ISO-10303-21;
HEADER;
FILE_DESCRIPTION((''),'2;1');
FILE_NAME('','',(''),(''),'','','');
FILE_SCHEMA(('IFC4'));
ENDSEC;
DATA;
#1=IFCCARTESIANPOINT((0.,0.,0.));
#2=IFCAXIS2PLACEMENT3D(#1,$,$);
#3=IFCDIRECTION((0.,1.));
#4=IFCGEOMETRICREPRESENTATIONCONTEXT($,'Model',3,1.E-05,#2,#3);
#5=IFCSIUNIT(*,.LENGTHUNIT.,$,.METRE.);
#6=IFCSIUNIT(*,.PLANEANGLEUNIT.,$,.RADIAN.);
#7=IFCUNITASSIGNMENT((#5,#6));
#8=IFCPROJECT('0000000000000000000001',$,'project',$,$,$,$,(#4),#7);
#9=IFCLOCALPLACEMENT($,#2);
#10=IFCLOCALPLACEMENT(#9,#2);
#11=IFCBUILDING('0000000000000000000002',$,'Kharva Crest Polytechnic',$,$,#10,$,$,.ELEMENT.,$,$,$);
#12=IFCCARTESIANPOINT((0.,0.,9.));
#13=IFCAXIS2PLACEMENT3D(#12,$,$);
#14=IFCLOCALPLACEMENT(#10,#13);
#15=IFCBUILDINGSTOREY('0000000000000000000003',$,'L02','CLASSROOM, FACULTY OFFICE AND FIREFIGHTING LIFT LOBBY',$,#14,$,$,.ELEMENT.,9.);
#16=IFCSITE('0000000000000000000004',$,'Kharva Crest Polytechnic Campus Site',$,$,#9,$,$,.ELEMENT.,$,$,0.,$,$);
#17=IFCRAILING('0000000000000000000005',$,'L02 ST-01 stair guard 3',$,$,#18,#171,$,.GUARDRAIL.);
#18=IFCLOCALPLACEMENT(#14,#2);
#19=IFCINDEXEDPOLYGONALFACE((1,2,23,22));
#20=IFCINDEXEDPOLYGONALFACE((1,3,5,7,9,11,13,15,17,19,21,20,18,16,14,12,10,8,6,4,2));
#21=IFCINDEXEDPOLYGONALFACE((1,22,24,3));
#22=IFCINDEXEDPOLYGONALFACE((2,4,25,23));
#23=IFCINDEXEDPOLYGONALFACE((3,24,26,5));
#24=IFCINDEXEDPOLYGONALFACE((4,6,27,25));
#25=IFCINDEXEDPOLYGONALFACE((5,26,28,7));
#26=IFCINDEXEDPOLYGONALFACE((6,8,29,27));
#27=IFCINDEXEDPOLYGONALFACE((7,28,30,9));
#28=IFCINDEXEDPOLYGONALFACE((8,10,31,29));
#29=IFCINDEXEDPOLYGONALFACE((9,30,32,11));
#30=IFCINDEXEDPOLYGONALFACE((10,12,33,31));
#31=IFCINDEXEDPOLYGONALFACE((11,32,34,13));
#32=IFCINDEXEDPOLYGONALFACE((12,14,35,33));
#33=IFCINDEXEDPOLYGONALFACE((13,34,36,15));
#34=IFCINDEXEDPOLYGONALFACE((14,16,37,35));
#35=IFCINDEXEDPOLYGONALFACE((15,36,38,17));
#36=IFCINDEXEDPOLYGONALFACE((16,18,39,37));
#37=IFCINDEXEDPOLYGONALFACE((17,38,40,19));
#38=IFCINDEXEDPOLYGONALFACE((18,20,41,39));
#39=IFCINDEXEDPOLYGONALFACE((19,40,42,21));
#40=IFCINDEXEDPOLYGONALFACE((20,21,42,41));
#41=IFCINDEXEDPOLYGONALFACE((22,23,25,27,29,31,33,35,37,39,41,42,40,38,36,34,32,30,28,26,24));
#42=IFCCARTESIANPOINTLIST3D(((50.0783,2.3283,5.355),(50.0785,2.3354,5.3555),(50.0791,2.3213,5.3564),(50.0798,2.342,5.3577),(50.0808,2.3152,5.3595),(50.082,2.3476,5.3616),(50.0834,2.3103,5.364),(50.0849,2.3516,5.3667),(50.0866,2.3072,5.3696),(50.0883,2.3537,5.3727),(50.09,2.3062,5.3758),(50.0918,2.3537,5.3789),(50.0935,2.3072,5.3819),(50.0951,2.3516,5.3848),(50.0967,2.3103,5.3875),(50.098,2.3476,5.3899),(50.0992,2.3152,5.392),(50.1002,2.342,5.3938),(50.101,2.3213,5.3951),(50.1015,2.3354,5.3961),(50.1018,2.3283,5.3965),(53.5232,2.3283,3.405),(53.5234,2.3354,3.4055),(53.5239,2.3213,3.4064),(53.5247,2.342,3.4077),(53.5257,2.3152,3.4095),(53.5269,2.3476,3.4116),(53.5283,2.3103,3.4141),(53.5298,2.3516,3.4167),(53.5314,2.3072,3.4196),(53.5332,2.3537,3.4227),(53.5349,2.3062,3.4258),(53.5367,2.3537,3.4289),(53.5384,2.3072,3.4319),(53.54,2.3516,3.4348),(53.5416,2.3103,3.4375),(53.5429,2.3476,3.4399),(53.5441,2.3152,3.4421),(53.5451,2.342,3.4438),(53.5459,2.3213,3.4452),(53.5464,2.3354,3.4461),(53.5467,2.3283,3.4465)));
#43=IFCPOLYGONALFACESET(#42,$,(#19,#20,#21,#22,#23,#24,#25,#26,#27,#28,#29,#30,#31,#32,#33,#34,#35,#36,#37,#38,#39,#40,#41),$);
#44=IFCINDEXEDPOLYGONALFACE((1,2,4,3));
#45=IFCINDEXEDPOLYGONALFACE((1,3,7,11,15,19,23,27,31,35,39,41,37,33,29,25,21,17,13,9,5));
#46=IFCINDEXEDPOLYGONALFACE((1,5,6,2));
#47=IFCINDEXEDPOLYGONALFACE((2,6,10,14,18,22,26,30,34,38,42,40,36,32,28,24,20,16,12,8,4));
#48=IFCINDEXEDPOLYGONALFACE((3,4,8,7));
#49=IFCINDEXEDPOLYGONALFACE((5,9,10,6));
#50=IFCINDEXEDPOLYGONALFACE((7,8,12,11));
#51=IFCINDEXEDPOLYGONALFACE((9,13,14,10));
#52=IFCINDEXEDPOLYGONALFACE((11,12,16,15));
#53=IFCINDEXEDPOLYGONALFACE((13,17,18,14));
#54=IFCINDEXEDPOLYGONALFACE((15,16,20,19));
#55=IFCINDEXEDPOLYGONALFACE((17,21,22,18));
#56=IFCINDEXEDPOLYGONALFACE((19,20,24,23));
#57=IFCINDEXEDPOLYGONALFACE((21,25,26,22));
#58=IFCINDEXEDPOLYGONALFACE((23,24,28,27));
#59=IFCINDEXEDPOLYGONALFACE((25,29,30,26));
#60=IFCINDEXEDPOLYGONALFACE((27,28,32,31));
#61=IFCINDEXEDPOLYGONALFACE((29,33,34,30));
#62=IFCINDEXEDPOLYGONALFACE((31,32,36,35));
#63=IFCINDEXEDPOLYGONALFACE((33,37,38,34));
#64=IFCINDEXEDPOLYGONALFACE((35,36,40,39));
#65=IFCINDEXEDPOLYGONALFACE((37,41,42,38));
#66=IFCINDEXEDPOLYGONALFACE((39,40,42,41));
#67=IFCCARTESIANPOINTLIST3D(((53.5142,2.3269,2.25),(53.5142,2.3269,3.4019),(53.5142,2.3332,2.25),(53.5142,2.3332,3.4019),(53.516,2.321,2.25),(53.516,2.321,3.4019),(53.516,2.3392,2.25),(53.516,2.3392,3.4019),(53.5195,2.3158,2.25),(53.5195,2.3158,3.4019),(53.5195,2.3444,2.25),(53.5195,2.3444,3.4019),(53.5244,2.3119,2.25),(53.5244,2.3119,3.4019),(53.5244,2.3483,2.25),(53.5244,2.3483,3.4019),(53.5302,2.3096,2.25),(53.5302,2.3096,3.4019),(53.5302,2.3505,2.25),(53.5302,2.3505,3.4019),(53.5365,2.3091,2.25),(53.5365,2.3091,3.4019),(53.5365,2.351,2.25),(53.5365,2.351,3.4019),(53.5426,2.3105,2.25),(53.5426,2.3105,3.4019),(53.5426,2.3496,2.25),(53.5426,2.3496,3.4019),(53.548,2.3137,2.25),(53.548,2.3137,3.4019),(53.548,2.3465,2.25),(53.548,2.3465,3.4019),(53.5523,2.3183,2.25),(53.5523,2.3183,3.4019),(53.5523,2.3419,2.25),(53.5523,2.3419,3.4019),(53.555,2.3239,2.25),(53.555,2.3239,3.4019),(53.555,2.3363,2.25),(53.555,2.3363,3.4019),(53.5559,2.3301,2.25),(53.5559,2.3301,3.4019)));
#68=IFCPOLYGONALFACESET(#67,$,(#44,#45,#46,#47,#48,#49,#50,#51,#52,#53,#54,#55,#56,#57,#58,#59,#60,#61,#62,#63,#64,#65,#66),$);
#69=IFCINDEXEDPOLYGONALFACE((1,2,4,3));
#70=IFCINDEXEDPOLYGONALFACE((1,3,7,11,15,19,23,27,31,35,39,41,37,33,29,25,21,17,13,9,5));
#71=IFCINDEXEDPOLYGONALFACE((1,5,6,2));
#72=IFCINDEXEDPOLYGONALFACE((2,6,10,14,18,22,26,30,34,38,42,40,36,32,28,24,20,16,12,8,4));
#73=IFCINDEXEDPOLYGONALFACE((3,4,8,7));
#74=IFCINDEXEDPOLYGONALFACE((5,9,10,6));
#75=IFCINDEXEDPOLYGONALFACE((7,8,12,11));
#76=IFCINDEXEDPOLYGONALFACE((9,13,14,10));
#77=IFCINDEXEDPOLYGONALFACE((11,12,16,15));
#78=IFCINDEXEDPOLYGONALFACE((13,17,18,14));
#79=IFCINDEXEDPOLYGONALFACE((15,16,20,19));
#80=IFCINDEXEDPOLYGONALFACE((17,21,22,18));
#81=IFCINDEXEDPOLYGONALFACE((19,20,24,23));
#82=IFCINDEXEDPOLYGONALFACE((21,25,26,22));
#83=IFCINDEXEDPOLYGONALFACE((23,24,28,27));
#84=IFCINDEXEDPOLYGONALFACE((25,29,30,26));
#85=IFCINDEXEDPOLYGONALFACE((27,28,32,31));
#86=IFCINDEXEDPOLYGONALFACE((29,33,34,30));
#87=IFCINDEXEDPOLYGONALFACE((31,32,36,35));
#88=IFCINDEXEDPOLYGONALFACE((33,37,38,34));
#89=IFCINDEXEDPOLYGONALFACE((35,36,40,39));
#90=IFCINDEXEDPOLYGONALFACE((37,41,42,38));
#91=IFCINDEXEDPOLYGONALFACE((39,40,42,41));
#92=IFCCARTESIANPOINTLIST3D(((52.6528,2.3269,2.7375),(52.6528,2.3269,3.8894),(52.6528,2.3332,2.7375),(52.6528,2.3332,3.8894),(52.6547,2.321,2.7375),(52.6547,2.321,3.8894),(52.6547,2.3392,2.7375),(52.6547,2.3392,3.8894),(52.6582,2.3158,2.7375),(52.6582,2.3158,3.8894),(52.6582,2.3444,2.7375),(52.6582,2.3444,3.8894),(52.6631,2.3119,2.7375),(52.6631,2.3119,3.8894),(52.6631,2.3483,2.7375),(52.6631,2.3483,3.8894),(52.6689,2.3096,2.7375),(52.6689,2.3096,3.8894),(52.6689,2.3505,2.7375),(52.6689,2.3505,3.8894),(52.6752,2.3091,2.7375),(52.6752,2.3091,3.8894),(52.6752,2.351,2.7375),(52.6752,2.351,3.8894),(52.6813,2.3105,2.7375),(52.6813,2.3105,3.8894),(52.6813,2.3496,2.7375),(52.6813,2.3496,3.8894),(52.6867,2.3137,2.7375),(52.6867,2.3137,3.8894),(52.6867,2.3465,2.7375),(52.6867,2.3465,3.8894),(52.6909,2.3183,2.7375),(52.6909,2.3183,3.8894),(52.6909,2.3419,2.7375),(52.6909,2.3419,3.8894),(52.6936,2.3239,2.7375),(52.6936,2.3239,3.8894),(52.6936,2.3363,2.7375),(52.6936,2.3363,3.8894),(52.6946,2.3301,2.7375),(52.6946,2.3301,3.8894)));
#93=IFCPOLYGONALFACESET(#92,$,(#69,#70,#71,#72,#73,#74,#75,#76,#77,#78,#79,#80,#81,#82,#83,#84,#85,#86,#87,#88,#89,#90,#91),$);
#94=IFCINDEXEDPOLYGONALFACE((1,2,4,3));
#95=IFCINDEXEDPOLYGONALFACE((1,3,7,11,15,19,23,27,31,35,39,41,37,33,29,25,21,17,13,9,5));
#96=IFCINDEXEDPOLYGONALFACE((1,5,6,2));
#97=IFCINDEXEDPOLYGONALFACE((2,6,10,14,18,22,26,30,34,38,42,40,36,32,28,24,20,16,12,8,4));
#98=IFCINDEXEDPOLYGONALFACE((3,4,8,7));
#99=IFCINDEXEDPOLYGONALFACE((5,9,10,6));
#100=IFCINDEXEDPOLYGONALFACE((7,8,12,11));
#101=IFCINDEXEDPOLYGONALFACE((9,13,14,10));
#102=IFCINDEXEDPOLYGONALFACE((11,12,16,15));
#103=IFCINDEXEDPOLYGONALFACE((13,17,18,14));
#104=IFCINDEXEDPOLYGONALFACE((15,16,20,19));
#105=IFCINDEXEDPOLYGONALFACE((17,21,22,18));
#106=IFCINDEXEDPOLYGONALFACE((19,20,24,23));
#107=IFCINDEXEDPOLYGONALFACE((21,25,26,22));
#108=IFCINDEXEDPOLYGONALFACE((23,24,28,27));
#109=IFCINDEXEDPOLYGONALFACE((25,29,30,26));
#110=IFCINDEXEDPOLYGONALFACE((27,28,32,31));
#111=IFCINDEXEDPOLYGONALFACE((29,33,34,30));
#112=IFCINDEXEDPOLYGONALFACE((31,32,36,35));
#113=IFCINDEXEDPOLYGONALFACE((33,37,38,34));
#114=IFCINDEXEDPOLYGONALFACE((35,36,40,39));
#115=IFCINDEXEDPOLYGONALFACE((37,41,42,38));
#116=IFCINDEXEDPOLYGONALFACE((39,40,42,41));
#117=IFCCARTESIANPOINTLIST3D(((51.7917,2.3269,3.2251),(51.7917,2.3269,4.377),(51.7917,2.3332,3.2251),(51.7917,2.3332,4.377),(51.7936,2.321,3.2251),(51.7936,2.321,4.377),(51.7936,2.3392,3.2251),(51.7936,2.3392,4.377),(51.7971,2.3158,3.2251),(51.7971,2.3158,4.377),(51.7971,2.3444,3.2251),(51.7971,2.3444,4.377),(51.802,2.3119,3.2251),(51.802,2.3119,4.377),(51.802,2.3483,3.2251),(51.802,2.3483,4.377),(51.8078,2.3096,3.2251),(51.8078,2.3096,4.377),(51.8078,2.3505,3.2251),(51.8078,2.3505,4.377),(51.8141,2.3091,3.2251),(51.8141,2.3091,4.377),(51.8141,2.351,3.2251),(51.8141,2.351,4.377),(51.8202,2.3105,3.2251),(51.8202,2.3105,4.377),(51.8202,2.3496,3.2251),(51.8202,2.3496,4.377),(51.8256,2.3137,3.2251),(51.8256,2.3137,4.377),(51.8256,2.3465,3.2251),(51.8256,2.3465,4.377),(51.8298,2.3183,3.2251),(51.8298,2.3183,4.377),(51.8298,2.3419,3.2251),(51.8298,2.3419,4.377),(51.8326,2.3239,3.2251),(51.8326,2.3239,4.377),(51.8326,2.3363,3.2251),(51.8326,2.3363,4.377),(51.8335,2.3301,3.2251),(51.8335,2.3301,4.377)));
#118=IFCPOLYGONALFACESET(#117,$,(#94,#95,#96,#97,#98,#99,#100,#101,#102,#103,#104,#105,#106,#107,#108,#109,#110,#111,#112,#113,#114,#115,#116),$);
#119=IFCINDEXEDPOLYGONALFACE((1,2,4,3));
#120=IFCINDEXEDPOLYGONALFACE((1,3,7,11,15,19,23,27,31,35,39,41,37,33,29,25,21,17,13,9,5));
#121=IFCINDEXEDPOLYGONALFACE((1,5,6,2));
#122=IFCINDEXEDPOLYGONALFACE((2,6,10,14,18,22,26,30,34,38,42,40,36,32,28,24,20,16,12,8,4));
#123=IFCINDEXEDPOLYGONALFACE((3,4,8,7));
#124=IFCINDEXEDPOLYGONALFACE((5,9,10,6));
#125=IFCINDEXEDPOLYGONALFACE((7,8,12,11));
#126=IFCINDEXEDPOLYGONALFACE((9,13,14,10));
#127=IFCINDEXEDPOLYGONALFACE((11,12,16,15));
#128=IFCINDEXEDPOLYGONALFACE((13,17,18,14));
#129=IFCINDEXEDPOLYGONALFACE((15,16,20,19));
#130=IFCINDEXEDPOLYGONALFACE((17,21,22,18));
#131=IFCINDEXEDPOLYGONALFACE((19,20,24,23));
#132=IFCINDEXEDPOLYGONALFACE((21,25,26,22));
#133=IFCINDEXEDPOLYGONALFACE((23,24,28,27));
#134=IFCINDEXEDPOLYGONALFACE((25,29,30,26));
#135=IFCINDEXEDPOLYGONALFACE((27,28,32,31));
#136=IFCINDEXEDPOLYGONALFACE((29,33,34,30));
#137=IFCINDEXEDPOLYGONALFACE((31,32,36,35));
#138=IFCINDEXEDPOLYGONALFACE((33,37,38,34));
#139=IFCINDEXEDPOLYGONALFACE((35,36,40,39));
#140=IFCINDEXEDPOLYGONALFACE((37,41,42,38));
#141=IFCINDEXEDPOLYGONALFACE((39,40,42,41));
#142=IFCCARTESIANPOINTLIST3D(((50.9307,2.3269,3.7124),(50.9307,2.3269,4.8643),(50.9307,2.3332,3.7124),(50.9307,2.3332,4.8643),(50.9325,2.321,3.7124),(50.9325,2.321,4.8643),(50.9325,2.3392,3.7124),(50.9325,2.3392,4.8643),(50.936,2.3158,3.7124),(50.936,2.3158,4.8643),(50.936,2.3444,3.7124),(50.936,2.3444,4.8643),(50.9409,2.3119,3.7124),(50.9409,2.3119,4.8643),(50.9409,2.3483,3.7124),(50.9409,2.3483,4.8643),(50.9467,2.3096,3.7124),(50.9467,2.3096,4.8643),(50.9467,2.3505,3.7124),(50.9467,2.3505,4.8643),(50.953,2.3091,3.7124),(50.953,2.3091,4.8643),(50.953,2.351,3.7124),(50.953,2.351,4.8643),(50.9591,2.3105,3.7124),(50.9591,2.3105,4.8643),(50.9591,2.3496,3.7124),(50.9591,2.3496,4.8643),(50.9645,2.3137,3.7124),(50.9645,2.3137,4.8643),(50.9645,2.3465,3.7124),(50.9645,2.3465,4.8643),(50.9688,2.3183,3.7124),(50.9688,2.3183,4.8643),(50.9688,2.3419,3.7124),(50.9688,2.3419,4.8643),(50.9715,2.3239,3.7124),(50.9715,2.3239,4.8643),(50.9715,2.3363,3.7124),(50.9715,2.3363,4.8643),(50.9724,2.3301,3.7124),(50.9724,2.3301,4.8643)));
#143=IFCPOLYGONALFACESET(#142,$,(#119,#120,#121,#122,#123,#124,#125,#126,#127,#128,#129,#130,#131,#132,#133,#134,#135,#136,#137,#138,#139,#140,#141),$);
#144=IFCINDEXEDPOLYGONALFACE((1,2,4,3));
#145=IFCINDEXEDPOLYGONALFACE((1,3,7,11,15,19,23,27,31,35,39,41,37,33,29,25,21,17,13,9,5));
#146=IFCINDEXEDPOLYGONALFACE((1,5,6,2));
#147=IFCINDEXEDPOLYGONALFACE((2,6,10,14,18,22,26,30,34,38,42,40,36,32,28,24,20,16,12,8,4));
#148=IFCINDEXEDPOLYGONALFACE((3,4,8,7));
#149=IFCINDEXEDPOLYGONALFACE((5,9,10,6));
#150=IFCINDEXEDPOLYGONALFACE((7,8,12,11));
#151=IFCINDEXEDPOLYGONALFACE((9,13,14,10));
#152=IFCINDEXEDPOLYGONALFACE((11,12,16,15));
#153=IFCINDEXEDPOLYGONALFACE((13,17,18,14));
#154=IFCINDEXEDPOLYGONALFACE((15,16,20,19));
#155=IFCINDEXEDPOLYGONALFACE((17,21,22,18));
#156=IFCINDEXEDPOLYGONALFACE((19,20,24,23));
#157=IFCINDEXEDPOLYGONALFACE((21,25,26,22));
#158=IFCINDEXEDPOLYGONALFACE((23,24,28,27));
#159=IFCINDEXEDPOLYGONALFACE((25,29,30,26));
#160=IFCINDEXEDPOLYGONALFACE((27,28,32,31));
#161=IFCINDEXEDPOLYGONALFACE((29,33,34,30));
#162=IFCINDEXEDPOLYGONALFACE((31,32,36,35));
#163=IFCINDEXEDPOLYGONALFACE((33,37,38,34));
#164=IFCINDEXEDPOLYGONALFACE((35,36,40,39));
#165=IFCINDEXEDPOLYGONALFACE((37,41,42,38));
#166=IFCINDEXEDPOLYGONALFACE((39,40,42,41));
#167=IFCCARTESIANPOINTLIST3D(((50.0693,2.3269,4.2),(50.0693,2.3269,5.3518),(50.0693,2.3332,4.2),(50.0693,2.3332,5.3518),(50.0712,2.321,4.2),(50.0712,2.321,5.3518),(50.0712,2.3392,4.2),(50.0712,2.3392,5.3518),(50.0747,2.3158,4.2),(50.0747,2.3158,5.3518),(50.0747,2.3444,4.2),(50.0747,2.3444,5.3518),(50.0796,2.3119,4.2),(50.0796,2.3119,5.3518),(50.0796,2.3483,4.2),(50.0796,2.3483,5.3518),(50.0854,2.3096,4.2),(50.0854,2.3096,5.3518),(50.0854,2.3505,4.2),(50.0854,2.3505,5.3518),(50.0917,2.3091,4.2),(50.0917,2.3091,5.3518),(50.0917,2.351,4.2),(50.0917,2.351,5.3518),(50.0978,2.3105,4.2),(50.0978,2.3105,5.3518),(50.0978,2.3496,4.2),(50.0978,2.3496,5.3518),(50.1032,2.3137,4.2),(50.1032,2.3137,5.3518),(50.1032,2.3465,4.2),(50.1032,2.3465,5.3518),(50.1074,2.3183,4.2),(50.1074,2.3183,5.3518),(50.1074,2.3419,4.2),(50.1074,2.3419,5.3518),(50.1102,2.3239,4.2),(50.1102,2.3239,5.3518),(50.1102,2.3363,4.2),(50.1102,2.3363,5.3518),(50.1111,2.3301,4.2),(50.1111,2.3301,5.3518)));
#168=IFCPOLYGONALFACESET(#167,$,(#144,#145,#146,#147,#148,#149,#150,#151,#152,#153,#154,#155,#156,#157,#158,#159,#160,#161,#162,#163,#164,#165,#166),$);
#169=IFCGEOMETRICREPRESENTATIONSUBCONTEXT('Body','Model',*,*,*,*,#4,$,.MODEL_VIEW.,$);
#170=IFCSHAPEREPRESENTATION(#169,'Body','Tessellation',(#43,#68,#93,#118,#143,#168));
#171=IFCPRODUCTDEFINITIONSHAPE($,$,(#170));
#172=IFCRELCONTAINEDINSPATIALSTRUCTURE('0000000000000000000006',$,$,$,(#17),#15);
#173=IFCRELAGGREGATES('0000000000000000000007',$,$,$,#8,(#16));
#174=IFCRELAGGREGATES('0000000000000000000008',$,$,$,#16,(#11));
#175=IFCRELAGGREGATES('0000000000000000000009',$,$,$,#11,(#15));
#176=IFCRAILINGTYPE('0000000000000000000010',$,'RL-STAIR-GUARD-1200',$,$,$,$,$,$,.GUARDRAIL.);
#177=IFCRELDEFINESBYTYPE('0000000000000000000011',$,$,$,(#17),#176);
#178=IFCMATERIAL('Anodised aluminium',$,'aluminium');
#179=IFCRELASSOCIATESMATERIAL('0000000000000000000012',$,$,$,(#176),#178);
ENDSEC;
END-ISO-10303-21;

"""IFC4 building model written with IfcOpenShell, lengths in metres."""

from ifc_helpers import new_model, si_unit, direction, frame, origin, origin_2d, place, context, subcontext, project, spatial, circle, extrude, material, type_object, element, save


model = new_model("IFC4")

# Units and contexts
model_context = context("Model", 3, precision=1e-05, world=origin(), true_north=direction((0.0, 1.0)))
body_context = subcontext(model_context, "Body", "Model", "MODEL_VIEW")
ifc_project = project(units=[si_unit("LENGTHUNIT", "METRE"), si_unit("PLANEANGLEUNIT", "RADIAN")], contexts=[model_context])

# Site, building, storey
site_placement = place(None, origin())
site = spatial("IfcSite", under=ifc_project, at=site_placement, Name="Kharva Crest Polytechnic Campus Site", CompositionType="ELEMENT", RefElevation=0.0)
building_placement = place(site_placement, origin())
building = spatial("IfcBuilding", under=site, at=building_placement, Name="Kharva Crest Polytechnic", CompositionType="ELEMENT")
storey_placement = place(building_placement, frame((0.0, 0.0, 9.0)))
storey = spatial("IfcBuildingStorey", under=building, at=storey_placement, Name="L02", Description="CLASSROOM, FACULTY OFFICE AND FIREFIGHTING LIFT LOBBY", CompositionType="ELEMENT", Elevation=9.0)

# Shared definitions
ifc_material_1 = material(Name="Anodised aluminium", Category="aluminium")

# Railing
railing_type_1 = type_object("IfcRailingType", Name="RL-STAIR-GUARD-1200", PredefinedType="GUARDRAIL", material=ifc_material_1)
railing_1_placement = place(storey_placement, frame((53.5349, 2.3301, 2.25)))
element("IfcRailing", 1, at=railing_1_placement, inside=storey, type_object=railing_type_1, Name="L02 ST-01 stair guard 3", PredefinedType="GUARDRAIL", context=body_context, shape_type="SweptSolid", body=[
    extrude(circle(Radius=0.0239, at=origin_2d()), frame((0.0, 0.0, 1.1758), z_axis=(-0.870251, 0.0, 0.492608), x_axis=(0.0, -1.0, 0.0)), (0.0, 0.0, 1.0), 3.9585),
    extrude(circle(Radius=0.021, at=origin_2d()), origin(), (0.0, 0.0, 1.0), 1.1519),
    extrude(circle(Radius=0.021, at=origin_2d()), frame((-0.8613, 0.0, 0.4875)), (0.0, 0.0, 1.0), 1.1519),
    extrude(circle(Radius=0.021, at=origin_2d()), frame((-1.7224, 0.0, 0.9751)), (0.0, 0.0, 1.0), 1.1519),
    extrude(circle(Radius=0.021, at=origin_2d()), frame((-2.5835, 0.0, 1.4624)), (0.0, 0.0, 1.0), 1.1519),
    extrude(circle(Radius=0.021, at=origin_2d()), frame((-3.4448, 0.0, 1.95)), (0.0, 0.0, 1.0), 1.1519),
])

save(model, "model.ifc")
